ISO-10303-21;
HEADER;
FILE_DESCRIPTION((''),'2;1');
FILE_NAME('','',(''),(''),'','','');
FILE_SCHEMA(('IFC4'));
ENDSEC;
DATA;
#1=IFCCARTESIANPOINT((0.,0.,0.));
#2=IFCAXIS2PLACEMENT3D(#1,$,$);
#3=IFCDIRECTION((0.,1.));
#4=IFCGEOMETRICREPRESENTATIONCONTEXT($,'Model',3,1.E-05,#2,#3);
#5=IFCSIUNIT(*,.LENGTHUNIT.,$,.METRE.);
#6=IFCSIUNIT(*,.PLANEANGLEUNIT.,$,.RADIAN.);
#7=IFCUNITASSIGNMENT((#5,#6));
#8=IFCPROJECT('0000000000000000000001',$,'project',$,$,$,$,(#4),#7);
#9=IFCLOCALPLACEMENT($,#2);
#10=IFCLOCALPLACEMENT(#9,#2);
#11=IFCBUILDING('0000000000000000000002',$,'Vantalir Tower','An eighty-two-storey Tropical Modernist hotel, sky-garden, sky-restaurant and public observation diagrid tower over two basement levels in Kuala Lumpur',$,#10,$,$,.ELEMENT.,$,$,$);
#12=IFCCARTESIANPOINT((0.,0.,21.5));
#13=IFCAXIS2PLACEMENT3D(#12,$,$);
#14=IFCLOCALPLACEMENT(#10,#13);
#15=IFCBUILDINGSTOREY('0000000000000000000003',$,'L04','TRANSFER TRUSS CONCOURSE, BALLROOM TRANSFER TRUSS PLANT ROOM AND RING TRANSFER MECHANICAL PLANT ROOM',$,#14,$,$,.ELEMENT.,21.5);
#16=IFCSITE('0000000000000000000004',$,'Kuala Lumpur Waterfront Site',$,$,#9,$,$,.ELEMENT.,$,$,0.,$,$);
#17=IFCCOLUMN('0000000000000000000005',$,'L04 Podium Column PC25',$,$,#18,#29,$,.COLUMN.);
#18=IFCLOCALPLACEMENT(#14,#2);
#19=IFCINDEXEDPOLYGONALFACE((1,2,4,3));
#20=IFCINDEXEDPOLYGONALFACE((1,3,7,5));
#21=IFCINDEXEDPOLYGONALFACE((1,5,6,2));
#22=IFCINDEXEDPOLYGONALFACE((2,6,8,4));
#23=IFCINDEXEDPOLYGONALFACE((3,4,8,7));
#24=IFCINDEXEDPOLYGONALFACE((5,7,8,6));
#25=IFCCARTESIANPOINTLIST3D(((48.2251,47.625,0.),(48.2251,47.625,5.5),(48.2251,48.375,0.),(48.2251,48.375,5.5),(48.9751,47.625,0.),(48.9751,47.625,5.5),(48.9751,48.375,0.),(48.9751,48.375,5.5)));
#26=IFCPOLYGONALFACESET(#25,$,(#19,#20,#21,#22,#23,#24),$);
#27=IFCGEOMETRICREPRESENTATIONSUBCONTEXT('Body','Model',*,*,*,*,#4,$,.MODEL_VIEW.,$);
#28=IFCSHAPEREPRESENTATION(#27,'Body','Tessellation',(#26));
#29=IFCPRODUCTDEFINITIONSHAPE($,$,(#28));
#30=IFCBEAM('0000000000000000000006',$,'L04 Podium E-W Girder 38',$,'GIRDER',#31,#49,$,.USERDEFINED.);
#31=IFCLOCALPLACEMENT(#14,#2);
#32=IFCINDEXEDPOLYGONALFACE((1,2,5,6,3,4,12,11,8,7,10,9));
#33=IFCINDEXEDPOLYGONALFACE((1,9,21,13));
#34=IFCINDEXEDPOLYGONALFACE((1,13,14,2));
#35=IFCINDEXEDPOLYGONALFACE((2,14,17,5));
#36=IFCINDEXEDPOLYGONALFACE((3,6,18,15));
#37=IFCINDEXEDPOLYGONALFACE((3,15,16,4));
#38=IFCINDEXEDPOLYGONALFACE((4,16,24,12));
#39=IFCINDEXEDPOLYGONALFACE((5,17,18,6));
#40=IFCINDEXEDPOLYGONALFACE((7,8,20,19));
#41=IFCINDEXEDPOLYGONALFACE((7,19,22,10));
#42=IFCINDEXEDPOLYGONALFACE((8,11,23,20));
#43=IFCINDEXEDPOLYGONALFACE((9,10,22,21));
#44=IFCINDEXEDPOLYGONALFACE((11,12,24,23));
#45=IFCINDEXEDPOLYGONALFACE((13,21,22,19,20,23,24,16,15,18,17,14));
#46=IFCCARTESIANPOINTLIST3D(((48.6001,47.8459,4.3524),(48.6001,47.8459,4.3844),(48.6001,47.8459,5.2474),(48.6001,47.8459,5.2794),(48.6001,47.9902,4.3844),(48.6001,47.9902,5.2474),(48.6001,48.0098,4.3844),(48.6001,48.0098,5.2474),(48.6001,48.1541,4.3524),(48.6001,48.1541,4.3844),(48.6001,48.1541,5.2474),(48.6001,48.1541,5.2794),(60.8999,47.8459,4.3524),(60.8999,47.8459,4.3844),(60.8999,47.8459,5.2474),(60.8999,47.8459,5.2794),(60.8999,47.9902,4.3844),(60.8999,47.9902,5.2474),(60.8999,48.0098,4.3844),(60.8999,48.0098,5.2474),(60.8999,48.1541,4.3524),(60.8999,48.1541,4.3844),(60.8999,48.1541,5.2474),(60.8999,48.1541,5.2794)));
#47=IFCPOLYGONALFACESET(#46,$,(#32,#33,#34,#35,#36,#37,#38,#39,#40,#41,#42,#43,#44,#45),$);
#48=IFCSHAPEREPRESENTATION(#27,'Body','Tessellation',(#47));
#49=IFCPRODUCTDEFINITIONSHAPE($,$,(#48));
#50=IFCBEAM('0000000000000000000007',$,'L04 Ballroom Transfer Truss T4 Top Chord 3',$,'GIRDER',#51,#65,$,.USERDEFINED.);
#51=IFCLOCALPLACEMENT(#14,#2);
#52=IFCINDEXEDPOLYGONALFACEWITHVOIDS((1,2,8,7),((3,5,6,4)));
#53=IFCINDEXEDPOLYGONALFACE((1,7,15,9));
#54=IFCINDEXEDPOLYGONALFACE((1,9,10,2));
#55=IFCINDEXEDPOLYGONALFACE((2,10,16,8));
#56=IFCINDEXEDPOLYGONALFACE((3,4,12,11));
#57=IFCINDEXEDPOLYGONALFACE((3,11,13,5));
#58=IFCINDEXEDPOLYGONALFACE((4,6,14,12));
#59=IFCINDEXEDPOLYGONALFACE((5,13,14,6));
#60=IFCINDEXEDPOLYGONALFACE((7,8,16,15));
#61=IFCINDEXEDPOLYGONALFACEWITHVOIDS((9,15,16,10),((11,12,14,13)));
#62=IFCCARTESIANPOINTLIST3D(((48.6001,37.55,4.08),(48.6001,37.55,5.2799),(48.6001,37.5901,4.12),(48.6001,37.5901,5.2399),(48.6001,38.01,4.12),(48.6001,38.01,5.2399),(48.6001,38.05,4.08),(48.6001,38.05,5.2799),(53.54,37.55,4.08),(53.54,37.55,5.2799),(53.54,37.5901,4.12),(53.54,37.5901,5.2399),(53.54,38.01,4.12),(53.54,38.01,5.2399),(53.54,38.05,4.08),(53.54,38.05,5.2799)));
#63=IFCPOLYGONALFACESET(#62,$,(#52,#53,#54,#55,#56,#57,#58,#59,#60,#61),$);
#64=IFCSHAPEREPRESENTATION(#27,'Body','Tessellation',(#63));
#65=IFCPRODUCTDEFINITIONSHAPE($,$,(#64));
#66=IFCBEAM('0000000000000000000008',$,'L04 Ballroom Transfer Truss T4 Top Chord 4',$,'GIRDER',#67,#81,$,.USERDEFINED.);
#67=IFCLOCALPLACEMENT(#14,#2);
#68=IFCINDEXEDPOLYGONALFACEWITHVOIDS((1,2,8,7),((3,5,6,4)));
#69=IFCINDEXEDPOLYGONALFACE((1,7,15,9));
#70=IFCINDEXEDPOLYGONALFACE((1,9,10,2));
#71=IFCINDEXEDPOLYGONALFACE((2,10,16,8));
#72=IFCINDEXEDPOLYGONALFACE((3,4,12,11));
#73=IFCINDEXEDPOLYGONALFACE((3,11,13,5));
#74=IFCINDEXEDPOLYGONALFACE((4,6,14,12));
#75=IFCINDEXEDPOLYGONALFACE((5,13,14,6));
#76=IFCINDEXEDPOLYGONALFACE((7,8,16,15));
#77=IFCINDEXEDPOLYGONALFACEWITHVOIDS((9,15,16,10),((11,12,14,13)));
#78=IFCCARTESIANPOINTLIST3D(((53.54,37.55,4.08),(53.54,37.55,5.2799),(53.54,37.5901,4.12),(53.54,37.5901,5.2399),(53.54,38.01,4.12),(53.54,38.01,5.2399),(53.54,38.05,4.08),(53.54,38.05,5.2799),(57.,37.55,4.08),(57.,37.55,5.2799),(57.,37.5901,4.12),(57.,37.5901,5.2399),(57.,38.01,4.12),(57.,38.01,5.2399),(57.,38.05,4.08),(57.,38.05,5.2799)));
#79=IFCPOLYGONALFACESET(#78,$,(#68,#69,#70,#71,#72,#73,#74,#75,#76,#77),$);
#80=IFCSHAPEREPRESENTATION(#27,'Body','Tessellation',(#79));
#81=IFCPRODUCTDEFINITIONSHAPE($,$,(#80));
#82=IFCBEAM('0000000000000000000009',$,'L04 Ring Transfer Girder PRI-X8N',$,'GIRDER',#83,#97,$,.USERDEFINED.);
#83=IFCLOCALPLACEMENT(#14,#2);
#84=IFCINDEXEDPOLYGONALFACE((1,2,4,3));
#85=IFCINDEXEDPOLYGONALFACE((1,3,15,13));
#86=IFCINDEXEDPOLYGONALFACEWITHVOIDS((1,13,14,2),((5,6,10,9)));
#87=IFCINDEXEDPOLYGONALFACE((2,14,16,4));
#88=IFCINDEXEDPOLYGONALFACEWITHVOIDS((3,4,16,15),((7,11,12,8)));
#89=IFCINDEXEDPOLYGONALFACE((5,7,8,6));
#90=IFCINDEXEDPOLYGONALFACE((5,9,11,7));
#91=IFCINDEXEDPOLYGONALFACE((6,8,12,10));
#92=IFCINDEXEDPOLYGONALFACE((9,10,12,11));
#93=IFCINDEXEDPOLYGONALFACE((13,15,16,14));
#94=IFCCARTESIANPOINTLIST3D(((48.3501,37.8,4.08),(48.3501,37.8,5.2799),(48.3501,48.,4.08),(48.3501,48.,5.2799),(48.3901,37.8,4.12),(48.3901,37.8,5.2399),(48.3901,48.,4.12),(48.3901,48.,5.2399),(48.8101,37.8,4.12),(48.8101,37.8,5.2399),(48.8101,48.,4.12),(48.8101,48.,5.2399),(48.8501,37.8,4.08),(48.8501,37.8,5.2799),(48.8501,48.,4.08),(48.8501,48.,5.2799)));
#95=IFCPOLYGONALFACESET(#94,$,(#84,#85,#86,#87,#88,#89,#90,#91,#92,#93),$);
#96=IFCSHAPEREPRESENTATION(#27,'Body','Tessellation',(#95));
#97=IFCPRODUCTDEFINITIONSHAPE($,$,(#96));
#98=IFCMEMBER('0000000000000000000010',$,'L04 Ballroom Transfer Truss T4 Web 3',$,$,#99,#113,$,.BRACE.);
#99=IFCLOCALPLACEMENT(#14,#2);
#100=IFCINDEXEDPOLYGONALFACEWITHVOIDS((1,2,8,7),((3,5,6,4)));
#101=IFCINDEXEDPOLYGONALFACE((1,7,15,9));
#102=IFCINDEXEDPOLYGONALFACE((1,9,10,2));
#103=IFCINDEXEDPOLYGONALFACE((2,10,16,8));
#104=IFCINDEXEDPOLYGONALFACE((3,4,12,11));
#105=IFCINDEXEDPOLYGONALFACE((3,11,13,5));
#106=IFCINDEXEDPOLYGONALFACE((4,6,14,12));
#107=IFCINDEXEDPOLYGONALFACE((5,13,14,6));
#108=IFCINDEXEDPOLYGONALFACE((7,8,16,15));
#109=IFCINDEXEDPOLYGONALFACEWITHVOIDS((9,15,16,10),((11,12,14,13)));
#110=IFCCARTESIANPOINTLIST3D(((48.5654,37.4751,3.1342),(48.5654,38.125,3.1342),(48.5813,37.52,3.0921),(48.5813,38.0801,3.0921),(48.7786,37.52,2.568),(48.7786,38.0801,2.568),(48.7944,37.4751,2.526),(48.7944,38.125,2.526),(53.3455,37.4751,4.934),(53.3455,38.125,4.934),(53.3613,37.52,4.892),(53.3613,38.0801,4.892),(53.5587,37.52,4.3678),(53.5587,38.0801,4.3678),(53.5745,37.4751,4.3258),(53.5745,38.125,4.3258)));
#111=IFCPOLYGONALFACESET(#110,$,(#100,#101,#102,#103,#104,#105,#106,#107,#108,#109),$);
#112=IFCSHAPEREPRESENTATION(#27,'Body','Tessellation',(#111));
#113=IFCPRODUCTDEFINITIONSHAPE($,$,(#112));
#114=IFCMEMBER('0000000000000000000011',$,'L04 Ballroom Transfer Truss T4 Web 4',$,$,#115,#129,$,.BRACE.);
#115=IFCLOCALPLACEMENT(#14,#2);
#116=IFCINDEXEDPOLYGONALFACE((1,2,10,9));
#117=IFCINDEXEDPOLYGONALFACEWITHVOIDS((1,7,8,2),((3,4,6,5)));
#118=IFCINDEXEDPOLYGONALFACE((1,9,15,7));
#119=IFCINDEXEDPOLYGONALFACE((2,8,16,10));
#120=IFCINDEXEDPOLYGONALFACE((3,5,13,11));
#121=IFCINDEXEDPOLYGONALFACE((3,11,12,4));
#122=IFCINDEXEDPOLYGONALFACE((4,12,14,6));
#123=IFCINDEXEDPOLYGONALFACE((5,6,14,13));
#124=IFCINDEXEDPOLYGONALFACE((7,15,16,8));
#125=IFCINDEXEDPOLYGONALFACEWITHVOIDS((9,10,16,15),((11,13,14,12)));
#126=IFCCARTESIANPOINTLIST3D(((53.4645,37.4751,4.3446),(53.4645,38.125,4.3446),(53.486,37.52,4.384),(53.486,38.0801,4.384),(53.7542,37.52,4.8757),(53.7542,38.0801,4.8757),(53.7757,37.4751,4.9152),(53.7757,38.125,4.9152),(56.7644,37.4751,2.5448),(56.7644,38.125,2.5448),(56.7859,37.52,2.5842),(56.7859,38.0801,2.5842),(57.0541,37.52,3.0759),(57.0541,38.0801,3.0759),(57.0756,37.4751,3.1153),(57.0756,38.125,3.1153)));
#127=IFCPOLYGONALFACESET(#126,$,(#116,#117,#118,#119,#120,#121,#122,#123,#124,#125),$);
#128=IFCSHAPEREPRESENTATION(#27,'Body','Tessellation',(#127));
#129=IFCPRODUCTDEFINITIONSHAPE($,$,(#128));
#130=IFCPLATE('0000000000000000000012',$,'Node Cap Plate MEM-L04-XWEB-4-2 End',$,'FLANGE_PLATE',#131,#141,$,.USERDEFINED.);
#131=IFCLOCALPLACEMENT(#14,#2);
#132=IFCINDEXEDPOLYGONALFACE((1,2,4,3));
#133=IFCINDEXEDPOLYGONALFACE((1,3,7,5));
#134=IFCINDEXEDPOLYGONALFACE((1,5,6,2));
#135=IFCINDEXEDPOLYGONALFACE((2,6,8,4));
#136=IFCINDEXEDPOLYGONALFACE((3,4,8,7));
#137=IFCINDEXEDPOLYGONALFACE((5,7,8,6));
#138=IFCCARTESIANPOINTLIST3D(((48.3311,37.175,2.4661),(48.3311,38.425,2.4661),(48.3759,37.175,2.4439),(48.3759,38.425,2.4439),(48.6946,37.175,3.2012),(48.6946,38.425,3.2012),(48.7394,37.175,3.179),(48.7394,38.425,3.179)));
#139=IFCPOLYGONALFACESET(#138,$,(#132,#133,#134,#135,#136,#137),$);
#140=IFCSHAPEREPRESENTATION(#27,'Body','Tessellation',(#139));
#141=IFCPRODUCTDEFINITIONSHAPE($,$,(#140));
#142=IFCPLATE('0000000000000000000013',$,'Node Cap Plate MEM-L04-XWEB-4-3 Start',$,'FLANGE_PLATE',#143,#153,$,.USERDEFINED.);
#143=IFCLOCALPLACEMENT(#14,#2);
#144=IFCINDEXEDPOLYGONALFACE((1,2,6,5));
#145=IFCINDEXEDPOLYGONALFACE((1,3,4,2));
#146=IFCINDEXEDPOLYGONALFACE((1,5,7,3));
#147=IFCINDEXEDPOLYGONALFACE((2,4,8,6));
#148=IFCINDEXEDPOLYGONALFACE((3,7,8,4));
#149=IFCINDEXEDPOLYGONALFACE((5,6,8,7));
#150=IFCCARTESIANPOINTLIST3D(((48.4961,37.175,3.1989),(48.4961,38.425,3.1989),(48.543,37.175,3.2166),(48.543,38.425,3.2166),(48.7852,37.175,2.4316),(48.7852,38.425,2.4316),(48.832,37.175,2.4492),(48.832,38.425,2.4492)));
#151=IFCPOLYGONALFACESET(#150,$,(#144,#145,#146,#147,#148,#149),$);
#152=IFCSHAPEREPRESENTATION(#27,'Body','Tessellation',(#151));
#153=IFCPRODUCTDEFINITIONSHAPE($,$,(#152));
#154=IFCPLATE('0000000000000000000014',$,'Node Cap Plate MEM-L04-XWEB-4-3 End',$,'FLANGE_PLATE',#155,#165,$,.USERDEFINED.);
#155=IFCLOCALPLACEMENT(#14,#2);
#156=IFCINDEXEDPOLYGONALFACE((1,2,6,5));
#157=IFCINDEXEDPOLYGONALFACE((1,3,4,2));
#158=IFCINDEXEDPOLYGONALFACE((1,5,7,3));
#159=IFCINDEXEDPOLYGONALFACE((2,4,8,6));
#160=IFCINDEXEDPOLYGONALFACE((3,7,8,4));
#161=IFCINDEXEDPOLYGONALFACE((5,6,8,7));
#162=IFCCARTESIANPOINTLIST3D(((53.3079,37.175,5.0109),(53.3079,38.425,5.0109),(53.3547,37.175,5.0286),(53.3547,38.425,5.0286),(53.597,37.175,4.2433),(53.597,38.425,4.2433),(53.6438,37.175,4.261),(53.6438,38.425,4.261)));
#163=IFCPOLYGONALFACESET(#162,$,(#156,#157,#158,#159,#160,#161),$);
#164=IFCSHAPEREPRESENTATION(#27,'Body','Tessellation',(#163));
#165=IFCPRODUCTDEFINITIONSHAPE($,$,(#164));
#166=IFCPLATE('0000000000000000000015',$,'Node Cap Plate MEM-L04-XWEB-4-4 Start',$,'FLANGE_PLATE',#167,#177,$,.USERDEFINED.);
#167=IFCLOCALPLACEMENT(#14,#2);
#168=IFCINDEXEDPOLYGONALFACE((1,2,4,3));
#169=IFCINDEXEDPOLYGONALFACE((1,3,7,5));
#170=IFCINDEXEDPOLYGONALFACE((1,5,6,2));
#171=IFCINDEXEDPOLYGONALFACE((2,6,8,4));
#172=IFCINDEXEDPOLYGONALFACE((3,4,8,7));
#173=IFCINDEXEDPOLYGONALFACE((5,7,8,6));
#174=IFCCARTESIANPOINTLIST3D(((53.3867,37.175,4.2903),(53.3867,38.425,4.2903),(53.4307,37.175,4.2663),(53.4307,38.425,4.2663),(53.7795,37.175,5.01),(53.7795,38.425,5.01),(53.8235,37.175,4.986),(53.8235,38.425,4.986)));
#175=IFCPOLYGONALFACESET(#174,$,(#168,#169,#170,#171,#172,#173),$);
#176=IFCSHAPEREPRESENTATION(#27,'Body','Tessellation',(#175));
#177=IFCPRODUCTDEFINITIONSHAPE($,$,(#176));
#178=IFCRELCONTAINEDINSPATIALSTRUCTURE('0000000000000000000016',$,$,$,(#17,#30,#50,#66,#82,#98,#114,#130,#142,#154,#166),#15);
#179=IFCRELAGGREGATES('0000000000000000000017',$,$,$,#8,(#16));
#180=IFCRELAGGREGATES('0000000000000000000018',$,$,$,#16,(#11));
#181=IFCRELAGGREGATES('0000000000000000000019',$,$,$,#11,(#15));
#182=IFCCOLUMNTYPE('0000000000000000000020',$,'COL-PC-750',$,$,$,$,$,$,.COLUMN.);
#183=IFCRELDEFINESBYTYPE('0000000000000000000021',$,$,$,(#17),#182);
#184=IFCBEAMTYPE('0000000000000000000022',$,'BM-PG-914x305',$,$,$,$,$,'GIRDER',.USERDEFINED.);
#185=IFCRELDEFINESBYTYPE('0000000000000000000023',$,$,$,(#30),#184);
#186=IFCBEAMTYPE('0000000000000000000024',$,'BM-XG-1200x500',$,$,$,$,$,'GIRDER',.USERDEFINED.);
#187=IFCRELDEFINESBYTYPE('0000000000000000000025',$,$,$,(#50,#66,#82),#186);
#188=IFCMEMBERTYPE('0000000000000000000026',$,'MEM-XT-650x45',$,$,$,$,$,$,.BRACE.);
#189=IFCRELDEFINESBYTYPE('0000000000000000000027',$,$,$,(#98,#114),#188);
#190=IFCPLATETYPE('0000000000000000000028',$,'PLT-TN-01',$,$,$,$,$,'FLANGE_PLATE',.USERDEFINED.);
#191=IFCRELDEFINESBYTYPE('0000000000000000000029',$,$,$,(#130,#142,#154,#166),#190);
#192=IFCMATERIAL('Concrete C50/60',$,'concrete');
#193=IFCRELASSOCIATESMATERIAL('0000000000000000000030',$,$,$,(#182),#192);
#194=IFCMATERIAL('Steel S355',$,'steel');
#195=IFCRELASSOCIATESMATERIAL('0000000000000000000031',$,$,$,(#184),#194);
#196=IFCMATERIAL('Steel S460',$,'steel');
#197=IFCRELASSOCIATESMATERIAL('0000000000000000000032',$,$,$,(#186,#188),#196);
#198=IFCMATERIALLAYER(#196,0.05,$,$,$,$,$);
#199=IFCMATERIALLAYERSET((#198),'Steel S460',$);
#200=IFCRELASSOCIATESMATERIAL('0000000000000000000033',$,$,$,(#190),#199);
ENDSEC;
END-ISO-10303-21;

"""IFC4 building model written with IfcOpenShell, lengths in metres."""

from ifc_helpers import new_model, si_unit, direction, frame, origin, origin_2d, place, context, subcontext, project, spatial, polyline, rectangle, hollow_rectangle, i_section, outline, extrude, material, layer, layer_set, material_profile, profile_set, type_object, element, save


model = new_model("IFC4")

# Units and contexts
model_context = context("Model", 3, precision=1e-05, world=origin(), true_north=direction((0.0, 1.0)))
body_context = subcontext(model_context, "Body", "Model", "MODEL_VIEW")
ifc_project = project(units=[si_unit("LENGTHUNIT", "METRE"), si_unit("PLANEANGLEUNIT", "RADIAN")], contexts=[model_context])

# Site, building, storey
site_placement = place(None, origin())
site = spatial("IfcSite", under=ifc_project, at=site_placement, Name="Kuala Lumpur Waterfront Site", CompositionType="ELEMENT", RefElevation=0.0)
building_placement = place(site_placement, origin())
building = spatial("IfcBuilding", under=site, at=building_placement, Name="Vantalir Tower", Description="An eighty-two-storey Tropical Modernist hotel, sky-garden, sky-restaurant and public observation diagrid tower over two basement levels in Kuala Lumpur", CompositionType="ELEMENT")
storey_placement = place(building_placement, frame((0.0, 0.0, 21.5)))
storey = spatial("IfcBuildingStorey", under=building, at=storey_placement, Name="L04", Description="TRANSFER TRUSS CONCOURSE, BALLROOM TRANSFER TRUSS PLANT ROOM AND RING TRANSFER MECHANICAL PLANT ROOM", CompositionType="ELEMENT", Elevation=21.5)

# Column
ifc_material_1 = material(Name="Concrete C50/60", Category="concrete")
ifc_material_profile_1 = material_profile(ifc_material_1, rectangle(XDim=0.75, YDim=0.75, at=origin_2d()), Name="Concrete C50/60")
ifc_profile_set_1 = profile_set([ifc_material_profile_1], Name="Concrete C50/60")
column_type = type_object("IfcColumnType", Name="COL-PC-750", PredefinedType="COLUMN", material=ifc_profile_set_1)
column_placement = place(storey_placement, frame((48.6001, 48.0, 0.0), z_axis=(0.0, 0.0, 1.0), x_axis=(1.0, 0.0, 0.0)))
element("IfcColumn", 1, at=column_placement, inside=storey, type_object=column_type, Name="L04 Podium Column PC25", PredefinedType="COLUMN", context=body_context, shape_type="SweptSolid", body=[
    extrude(rectangle(XDim=0.75, YDim=0.75, at=origin_2d()), origin(), (0.0, 0.0, 1.0), 5.5),
])

# Beams
ifc_material_2 = material(Name="Steel S355", Category="steel")
ifc_material_profile_2 = material_profile(ifc_material_2, i_section(OverallWidth=0.3081, OverallDepth=0.927, WebThickness=0.0195, FlangeThickness=0.032, at=origin_2d()), Name="Steel S355")
ifc_profile_set_2 = profile_set([ifc_material_profile_2], Name="Steel S355")
beam_type_1 = type_object("IfcBeamType", Name="BM-PG-914x305", ElementType="GIRDER", PredefinedType="USERDEFINED", material=ifc_profile_set_2)
beam_1_placement = place(storey_placement, frame((48.6001, 48.0, 4.8159), z_axis=(1.0, 0.0, 0.0), x_axis=(0.0, 1.0, 0.0)))
element("IfcBeam", 2, at=beam_1_placement, inside=storey, type_object=beam_type_1, Name="L04 Podium E-W Girder 38", ObjectType="GIRDER", PredefinedType="USERDEFINED", context=body_context, shape_type="SweptSolid", body=[
    extrude(i_section(OverallWidth=0.3081, OverallDepth=0.927, WebThickness=0.0195, FlangeThickness=0.032, at=origin_2d()), origin(), (0.0, 0.0, 1.0), 12.2998),
])
ifc_material_3 = material(Name="Steel S460", Category="steel")
ifc_material_profile_3 = material_profile(ifc_material_3, hollow_rectangle(XDim=0.5, YDim=1.2, WallThickness=0.04, at=origin_2d()), Name="Steel S460")
ifc_profile_set_3 = profile_set([ifc_material_profile_3], Name="Steel S460")
beam_type_2 = type_object("IfcBeamType", Name="BM-XG-1200x500", ElementType="GIRDER", PredefinedType="USERDEFINED", material=ifc_profile_set_3)
beam_2_placement = place(storey_placement, frame((48.6001, 37.8, 4.6799), z_axis=(1.0, 0.0, 0.0), x_axis=(0.0, 1.0, 0.0)))
element("IfcBeam", 3, at=beam_2_placement, inside=storey, type_object=beam_type_2, Name="L04 Ballroom Transfer Truss T4 Top Chord 3", ObjectType="GIRDER", PredefinedType="USERDEFINED", context=body_context, shape_type="SweptSolid", body=[
    extrude(hollow_rectangle(XDim=0.5, YDim=1.2, WallThickness=0.04, at=origin_2d()), origin(), (0.0, 0.0, 1.0), 4.9399),
])
beam_3_placement = place(storey_placement, frame((53.54, 37.8, 4.6799), z_axis=(1.0, 0.0, 0.0), x_axis=(0.0, 1.0, 0.0)))
element("IfcBeam", 4, at=beam_3_placement, inside=storey, type_object=beam_type_2, Name="L04 Ballroom Transfer Truss T4 Top Chord 4", ObjectType="GIRDER", PredefinedType="USERDEFINED", context=body_context, shape_type="SweptSolid", body=[
    extrude(hollow_rectangle(XDim=0.5, YDim=1.2, WallThickness=0.04, at=origin_2d()), origin(), (0.0, 0.0, 1.0), 3.46),
])
beam_4_placement = place(storey_placement, frame((48.6001, 37.8, 4.6799), z_axis=(0.0, 1.0, 0.0), x_axis=(-1.0, 0.0, 0.0)))
element("IfcBeam", 5, at=beam_4_placement, inside=storey, type_object=beam_type_2, Name="L04 Ring Transfer Girder PRI-X8N", ObjectType="GIRDER", PredefinedType="USERDEFINED", context=body_context, shape_type="SweptSolid", body=[
    extrude(hollow_rectangle(XDim=0.5, YDim=1.2, WallThickness=0.04, at=origin_2d()), origin(), (0.0, 0.0, 1.0), 10.2),
])

# Members
ifc_material_profile_4 = material_profile(ifc_material_3, hollow_rectangle(XDim=0.6499, YDim=0.6499, WallThickness=0.0449, at=origin_2d()), Name="Steel S460")
ifc_profile_set_4 = profile_set([ifc_material_profile_4], Name="Steel S460")
member_type = type_object("IfcMemberType", Name="MEM-XT-650x45", PredefinedType="BRACE", material=ifc_profile_set_4)
member_1_placement = place(storey_placement, frame((48.6799, 37.8, 2.8301), z_axis=(0.935859, 0.0, 0.352375), x_axis=(0.0, 1.0, 0.0)))
element("IfcMember", 6, at=member_1_placement, inside=storey, type_object=member_type, Name="L04 Ballroom Transfer Truss T4 Web 3", PredefinedType="BRACE", context=body_context, shape_type="SweptSolid", body=[
    extrude(hollow_rectangle(XDim=0.6499, YDim=0.6499, WallThickness=0.0449, at=origin_2d()), origin(), (0.0, 0.0, 1.0), 5.1077),
])
member_2_placement = place(storey_placement, frame((53.6201, 37.8, 4.6299), z_axis=(0.877906, 0.0, -0.478834), x_axis=(0.0, 1.0, 0.0)))
element("IfcMember", 7, at=member_2_placement, inside=storey, type_object=member_type, Name="L04 Ballroom Transfer Truss T4 Web 4", PredefinedType="BRACE", context=body_context, shape_type="SweptSolid", body=[
    extrude(hollow_rectangle(XDim=0.6499, YDim=0.6499, WallThickness=0.0449, at=origin_2d()), origin(), (0.0, 0.0, 1.0), 3.7588),
])

# Plates
ifc_layer_1 = layer(ifc_material_3, 0.05)
ifc_layer_set_1 = layer_set([ifc_layer_1], Name="Steel S460")
plate_type = type_object("IfcPlateType", Name="PLT-TN-01", ElementType="FLANGE_PLATE", PredefinedType="USERDEFINED", material=ifc_layer_set_1)
plate_1_placement = place(storey_placement, frame((48.3311, 38.425, 2.4661), z_axis=(-0.896383, 0.0, 0.44328), x_axis=(0.0, -1.0, 0.0)))
element("IfcPlate", 8, at=plate_1_placement, inside=storey, type_object=plate_type, Name="Node Cap Plate MEM-L04-XWEB-4-2 End", ObjectType="FLANGE_PLATE", PredefinedType="USERDEFINED", context=body_context, shape_type="SweptSolid", body=[
    extrude(outline(polyline([(0.0, 0.0), (1.25, 0.0), (1.25, 0.8201), (0.0, 0.8201), (0.0, 0.0)])), origin(), (0.0, 0.0, -1.0), 0.05),
])
plate_2_placement = place(storey_placement, frame((48.832, 37.175, 2.4492), z_axis=(0.935802, 0.0, 0.352526), x_axis=(0.0, 1.0, 0.0)))
element("IfcPlate", 9, at=plate_2_placement, inside=storey, type_object=plate_type, Name="Node Cap Plate MEM-L04-XWEB-4-3 Start", ObjectType="FLANGE_PLATE", PredefinedType="USERDEFINED", context=body_context, shape_type="SweptSolid", body=[
    extrude(outline(polyline([(0.0, 0.0), (1.25, 0.0), (1.25, 0.82), (0.0, 0.82), (0.0, 0.0)])), origin(), (0.0, 0.0, -1.0), 0.05),
])
plate_3_placement = place(storey_placement, frame((53.6438, 37.175, 4.261), z_axis=(0.935839, 0.0, 0.352428), x_axis=(0.0, 1.0, 0.0)))
element("IfcPlate", 10, at=plate_3_placement, inside=storey, type_object=plate_type, Name="Node Cap Plate MEM-L04-XWEB-4-3 End", ObjectType="FLANGE_PLATE", PredefinedType="USERDEFINED", context=body_context, shape_type="SweptSolid", body=[
    extrude(outline(polyline([(0.0, 0.0), (1.25, 0.0), (1.25, 0.8202), (0.0, 0.8202), (0.0, 0.0)])), origin(), (0.0, 0.0, -1.0), 0.05),
])
plate_4_placement = place(storey_placement, frame((53.3867, 38.425, 4.2903), z_axis=(-0.87777, 0.0, 0.479082), x_axis=(0.0, -1.0, 0.0)))
element("IfcPlate", 11, at=plate_4_placement, inside=storey, type_object=plate_type, Name="Node Cap Plate MEM-L04-XWEB-4-4 Start", ObjectType="FLANGE_PLATE", PredefinedType="USERDEFINED", context=body_context, shape_type="SweptSolid", body=[
    extrude(outline(polyline([(0.0, 0.0), (1.25, 0.0), (1.25, 0.8199), (0.0, 0.8199), (0.0, 0.0)])), origin(), (0.0, 0.0, -1.0), 0.05),
])

save(model, "model.ifc")
